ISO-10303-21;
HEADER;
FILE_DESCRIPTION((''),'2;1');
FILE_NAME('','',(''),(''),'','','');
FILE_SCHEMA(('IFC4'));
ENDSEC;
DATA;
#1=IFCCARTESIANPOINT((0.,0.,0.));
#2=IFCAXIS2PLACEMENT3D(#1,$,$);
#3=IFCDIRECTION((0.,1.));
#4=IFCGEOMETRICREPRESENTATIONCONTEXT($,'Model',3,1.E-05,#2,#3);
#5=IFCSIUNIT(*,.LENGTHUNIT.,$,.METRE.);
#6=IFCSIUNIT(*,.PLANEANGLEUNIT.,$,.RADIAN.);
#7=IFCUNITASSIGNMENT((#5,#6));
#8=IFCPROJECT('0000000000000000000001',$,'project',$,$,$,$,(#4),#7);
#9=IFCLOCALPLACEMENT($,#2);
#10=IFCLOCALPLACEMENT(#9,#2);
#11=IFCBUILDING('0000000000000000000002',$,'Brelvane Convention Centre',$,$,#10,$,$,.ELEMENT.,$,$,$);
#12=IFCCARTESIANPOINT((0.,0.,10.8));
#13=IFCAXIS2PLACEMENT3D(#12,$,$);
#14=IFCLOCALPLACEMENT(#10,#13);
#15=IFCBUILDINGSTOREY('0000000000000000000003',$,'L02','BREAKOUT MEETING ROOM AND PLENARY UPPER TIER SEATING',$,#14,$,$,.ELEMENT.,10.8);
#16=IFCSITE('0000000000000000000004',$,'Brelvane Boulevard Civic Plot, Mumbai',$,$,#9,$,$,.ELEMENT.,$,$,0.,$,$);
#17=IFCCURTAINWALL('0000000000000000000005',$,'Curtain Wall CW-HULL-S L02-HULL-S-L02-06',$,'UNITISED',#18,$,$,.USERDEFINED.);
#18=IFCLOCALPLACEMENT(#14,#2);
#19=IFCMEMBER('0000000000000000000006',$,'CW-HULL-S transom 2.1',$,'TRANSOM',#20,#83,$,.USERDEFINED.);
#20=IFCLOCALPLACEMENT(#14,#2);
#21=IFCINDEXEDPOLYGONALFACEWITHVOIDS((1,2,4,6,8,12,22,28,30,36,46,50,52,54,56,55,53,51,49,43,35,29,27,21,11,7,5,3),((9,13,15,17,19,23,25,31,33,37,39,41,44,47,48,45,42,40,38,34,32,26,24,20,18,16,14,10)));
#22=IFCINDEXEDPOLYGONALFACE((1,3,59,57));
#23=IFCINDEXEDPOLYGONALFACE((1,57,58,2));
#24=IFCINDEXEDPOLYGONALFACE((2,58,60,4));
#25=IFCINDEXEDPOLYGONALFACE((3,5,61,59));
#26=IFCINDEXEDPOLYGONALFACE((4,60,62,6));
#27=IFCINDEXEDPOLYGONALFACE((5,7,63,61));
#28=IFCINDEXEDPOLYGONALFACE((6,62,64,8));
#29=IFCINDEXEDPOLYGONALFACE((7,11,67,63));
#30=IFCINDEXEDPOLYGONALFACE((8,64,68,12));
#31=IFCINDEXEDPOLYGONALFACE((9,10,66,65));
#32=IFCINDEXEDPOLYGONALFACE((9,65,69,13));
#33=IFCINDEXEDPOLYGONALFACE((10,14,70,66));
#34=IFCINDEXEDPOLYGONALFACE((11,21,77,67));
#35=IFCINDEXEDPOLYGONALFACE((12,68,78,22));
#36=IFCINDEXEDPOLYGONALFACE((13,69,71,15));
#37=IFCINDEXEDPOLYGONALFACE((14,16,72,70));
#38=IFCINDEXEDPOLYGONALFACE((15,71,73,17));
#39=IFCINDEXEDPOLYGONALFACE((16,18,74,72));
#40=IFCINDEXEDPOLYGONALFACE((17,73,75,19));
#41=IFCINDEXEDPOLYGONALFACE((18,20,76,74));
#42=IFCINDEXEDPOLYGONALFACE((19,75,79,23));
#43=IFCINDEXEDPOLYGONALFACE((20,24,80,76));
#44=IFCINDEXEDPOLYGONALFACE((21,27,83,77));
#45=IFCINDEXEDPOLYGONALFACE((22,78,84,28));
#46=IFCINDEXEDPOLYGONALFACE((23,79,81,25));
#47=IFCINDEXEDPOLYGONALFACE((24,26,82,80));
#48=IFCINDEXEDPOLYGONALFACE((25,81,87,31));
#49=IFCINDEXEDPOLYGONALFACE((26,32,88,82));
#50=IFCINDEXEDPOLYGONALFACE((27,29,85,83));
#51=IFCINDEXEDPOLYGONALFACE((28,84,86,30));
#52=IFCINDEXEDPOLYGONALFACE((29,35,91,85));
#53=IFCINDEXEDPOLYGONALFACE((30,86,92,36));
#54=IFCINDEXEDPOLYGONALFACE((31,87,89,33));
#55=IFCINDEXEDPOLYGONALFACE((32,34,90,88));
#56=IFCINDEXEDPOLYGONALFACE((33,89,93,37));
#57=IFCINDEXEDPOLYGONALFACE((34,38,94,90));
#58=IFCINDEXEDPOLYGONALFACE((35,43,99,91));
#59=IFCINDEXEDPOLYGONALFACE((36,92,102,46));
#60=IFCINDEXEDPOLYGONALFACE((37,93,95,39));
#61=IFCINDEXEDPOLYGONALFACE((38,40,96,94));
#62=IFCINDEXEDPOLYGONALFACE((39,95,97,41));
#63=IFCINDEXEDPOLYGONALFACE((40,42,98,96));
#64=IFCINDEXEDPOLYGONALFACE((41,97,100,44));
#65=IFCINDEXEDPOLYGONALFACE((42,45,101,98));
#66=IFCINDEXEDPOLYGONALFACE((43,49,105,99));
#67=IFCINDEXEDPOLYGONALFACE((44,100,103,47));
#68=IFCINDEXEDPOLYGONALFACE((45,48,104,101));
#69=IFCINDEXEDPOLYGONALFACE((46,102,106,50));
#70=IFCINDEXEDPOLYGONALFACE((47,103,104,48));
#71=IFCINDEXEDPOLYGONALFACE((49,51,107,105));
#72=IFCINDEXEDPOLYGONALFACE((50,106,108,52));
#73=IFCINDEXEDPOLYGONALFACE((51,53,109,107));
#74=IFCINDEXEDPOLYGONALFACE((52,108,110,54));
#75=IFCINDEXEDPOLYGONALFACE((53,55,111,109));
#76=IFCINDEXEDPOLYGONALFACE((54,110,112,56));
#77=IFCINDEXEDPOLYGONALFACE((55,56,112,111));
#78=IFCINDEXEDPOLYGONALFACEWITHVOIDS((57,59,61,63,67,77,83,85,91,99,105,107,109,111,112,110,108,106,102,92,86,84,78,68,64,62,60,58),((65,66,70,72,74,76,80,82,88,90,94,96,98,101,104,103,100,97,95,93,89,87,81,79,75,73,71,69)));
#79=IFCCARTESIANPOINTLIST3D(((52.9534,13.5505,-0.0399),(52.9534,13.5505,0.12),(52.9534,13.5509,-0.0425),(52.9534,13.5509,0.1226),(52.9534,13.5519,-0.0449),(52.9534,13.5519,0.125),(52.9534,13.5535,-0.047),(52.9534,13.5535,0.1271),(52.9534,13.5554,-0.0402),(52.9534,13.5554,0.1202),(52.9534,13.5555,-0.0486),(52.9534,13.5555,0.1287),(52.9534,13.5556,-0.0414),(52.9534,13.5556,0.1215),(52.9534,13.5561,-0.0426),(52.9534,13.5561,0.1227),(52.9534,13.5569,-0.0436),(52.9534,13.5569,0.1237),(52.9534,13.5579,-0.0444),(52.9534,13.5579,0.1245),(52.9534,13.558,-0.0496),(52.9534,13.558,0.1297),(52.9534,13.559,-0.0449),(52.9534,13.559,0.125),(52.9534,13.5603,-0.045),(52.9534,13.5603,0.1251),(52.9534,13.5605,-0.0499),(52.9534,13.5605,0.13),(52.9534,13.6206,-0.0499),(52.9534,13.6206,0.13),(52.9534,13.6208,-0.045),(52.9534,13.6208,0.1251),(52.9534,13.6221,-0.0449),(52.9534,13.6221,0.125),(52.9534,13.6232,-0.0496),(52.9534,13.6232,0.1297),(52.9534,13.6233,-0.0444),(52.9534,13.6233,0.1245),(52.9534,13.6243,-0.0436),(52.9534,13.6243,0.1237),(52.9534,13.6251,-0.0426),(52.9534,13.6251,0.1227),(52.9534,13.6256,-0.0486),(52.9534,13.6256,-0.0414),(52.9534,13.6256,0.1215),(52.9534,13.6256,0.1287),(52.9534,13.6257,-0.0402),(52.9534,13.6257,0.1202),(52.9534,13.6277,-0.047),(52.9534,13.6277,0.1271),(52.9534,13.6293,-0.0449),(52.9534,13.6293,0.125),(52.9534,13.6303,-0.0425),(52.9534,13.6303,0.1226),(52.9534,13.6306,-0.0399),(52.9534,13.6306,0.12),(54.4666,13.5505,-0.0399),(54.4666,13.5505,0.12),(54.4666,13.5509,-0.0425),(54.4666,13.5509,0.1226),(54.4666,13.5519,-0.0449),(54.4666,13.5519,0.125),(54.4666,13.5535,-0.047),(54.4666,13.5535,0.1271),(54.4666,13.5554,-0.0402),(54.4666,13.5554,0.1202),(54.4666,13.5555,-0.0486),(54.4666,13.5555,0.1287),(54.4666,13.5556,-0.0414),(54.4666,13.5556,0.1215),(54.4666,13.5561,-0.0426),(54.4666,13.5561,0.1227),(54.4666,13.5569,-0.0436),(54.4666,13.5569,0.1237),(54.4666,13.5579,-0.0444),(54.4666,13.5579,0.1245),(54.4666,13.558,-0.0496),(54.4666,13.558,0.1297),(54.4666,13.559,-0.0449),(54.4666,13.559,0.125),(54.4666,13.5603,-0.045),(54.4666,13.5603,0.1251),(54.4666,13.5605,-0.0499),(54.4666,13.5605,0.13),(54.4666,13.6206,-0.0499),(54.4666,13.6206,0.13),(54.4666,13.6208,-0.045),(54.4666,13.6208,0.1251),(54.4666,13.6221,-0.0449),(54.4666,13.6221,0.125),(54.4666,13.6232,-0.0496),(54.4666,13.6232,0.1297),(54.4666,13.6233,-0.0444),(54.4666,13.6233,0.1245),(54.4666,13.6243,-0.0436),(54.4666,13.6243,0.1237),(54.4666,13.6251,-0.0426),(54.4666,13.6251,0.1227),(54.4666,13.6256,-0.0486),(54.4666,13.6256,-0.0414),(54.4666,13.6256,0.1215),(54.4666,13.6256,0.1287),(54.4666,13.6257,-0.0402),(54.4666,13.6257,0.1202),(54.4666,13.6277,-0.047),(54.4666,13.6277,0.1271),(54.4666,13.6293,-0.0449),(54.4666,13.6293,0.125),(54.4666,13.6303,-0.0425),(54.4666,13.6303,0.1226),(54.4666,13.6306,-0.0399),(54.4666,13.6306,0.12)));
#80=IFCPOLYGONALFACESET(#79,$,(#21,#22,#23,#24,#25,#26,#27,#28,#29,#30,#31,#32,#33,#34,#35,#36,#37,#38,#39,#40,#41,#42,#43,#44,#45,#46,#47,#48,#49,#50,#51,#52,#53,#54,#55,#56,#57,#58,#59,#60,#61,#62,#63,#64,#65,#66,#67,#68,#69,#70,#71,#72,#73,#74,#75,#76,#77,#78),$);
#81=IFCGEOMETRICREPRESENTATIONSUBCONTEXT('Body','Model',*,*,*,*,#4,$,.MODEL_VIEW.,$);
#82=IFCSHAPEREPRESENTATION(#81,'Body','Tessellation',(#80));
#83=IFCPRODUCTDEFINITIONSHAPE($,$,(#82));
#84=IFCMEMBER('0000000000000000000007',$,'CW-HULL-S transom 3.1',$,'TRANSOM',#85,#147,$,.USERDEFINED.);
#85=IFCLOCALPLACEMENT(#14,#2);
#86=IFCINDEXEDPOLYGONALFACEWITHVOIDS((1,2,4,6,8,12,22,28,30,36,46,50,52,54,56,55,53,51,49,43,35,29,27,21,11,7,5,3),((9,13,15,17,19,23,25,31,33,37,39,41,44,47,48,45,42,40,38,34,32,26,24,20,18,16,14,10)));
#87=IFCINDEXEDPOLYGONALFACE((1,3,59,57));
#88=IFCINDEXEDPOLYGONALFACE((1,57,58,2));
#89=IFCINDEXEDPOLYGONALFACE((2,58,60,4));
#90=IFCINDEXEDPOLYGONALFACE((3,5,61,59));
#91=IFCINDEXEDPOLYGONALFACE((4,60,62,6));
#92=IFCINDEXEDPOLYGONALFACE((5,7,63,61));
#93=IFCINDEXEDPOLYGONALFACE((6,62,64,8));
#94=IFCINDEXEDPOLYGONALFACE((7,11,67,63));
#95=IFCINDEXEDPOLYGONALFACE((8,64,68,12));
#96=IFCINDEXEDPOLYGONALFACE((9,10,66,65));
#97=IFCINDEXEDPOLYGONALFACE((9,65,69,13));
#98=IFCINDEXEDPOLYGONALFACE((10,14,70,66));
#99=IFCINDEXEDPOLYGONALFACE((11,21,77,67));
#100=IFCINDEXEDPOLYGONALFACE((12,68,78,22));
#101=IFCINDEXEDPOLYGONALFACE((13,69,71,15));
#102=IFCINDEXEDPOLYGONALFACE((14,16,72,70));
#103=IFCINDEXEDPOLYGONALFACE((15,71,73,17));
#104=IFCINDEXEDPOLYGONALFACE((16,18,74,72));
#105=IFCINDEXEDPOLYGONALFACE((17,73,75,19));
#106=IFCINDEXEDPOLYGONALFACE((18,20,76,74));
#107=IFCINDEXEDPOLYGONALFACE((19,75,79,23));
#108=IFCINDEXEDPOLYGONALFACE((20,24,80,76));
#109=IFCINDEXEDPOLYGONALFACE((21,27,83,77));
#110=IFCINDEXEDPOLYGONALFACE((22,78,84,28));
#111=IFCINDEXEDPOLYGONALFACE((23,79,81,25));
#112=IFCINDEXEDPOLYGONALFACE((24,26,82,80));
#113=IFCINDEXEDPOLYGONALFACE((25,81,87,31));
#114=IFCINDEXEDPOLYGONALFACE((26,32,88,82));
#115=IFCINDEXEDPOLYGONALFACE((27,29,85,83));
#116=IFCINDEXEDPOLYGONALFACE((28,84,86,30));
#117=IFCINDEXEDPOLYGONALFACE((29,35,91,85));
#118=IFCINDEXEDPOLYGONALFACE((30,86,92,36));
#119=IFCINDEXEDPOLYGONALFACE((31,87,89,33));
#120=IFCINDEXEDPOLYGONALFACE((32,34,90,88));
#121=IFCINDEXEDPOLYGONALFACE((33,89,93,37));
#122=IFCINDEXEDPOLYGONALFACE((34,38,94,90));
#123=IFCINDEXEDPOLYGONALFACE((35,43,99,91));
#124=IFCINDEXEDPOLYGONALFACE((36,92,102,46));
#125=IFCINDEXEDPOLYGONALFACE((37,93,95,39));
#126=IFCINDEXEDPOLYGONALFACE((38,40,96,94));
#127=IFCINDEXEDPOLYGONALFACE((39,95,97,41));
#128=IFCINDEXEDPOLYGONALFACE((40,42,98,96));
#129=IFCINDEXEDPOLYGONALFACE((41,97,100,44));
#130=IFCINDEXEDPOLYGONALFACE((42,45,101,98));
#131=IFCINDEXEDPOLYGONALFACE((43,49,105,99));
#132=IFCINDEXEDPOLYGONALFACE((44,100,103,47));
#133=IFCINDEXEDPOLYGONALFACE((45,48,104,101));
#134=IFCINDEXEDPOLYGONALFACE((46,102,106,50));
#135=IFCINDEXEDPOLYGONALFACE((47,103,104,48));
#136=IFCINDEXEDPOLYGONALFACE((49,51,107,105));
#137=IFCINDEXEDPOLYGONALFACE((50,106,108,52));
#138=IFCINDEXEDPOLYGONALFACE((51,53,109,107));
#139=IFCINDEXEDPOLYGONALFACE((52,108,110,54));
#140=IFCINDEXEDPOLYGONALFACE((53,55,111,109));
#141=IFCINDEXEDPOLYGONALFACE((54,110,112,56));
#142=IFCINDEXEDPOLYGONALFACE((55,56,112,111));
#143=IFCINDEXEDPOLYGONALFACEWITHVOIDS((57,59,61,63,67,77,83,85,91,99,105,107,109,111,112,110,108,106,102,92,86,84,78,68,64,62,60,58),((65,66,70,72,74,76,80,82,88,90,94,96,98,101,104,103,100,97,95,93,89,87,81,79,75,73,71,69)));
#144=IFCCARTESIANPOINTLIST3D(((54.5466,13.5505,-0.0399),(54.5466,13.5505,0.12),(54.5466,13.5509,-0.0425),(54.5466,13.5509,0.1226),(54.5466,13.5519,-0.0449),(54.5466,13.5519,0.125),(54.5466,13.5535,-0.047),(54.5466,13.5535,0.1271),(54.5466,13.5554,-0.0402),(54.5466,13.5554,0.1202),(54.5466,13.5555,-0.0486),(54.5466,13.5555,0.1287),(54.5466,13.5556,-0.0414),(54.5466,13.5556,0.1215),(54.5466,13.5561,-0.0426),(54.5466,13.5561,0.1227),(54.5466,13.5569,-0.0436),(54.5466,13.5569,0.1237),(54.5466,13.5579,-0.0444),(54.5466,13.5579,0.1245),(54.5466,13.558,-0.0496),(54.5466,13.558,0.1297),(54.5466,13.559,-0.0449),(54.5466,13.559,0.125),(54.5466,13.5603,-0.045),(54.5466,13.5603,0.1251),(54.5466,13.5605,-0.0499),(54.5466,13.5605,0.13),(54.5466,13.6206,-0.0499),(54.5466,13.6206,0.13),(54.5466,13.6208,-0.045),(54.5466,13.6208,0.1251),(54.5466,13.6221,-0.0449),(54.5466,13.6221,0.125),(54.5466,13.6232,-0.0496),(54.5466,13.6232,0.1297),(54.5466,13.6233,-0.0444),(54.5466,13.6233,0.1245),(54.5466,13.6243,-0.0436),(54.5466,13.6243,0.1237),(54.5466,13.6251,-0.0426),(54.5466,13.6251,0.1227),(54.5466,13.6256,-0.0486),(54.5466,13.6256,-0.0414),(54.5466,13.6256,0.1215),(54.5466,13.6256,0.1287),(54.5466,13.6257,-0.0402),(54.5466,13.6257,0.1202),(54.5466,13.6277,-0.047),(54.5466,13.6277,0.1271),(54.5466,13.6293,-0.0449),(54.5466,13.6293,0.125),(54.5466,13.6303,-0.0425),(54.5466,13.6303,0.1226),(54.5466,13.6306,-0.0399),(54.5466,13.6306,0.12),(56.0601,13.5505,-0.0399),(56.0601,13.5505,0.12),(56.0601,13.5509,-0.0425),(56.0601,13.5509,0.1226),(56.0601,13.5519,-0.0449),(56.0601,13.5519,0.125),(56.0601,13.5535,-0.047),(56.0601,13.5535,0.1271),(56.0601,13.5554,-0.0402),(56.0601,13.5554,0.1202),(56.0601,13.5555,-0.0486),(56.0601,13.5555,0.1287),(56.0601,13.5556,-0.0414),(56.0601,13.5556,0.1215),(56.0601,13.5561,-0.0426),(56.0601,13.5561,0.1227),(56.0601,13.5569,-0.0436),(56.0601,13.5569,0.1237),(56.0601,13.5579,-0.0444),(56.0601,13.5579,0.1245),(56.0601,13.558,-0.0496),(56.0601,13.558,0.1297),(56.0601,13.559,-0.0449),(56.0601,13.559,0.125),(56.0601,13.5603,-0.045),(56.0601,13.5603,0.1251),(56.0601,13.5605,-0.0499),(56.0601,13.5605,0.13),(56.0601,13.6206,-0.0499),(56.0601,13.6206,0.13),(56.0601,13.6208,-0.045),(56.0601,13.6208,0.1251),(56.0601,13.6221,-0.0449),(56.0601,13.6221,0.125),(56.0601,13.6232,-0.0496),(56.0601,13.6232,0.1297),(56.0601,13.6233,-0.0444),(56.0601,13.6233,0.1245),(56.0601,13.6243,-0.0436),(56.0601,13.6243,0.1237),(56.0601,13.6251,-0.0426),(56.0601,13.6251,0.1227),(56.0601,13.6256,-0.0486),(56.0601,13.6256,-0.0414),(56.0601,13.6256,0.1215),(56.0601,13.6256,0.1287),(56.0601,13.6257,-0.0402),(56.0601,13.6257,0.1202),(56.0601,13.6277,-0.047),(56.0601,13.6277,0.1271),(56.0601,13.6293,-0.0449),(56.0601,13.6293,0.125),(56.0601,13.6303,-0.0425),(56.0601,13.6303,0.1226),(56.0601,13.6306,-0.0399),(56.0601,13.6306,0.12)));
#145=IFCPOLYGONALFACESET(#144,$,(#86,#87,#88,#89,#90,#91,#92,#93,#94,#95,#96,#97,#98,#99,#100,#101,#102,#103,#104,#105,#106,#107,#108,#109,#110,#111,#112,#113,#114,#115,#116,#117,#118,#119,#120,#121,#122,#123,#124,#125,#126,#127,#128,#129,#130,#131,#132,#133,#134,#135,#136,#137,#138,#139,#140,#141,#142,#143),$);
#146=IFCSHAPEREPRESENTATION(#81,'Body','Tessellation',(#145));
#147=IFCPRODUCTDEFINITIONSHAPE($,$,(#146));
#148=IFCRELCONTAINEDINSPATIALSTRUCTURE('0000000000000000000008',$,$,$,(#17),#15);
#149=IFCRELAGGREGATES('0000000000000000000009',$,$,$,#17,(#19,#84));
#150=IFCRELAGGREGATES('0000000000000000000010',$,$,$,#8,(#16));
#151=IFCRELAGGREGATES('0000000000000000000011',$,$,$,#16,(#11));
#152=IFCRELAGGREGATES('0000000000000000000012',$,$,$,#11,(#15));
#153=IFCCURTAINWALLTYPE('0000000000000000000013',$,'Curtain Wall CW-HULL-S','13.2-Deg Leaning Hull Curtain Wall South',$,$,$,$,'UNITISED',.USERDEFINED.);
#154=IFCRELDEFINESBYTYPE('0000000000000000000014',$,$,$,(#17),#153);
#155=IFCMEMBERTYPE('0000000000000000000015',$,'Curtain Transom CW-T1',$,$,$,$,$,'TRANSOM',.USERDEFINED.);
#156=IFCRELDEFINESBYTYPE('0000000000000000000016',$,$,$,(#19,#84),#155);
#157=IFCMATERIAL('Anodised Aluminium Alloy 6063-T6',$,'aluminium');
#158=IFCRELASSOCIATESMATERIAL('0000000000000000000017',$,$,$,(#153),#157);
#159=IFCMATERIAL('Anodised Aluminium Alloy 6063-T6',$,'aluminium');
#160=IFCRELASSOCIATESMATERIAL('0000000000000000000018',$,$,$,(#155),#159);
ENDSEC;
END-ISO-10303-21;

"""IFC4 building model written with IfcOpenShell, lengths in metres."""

from ifc_helpers import new_model, si_unit, direction, frame, origin, origin_2d, place, context, subcontext, project, spatial, hollow_rectangle, extrude, material, material_profile, profile_set, type_object, element, aggregate, save


model = new_model("IFC4")

# Units and contexts
model_context = context("Model", 3, precision=1e-05, world=origin(), true_north=direction((0.0, 1.0)))
body_context = subcontext(model_context, "Body", "Model", "MODEL_VIEW")
ifc_project = project(units=[si_unit("LENGTHUNIT", "METRE"), si_unit("PLANEANGLEUNIT", "RADIAN")], contexts=[model_context])

# Site, building, storey
site_placement = place(None, origin())
site = spatial("IfcSite", under=ifc_project, at=site_placement, Name="Brelvane Boulevard Civic Plot, Mumbai", CompositionType="ELEMENT", RefElevation=0.0)
building_placement = place(site_placement, origin())
building = spatial("IfcBuilding", under=site, at=building_placement, Name="Brelvane Convention Centre", CompositionType="ELEMENT")
storey_placement = place(building_placement, frame((0.0, 0.0, 10.8)))
storey = spatial("IfcBuildingStorey", under=building, at=storey_placement, Name="L02", Description="BREAKOUT MEETING ROOM AND PLENARY UPPER TIER SEATING", CompositionType="ELEMENT", Elevation=10.8)

# Curtain wall, members
ifc_material_1 = material(Name="Anodised Aluminium Alloy 6063-T6", Category="aluminium")
curtain_wall_type = type_object("IfcCurtainWallType", Name="Curtain Wall CW-HULL-S", Description="13.2-Deg Leaning Hull Curtain Wall South", ElementType="UNITISED", PredefinedType="USERDEFINED", material=ifc_material_1)
curtain_wall_placement = place(storey_placement, origin())
curtain_wall = element("IfcCurtainWall", 1, at=curtain_wall_placement, inside=storey, type_object=curtain_wall_type, Name="Curtain Wall CW-HULL-S L02-HULL-S-L02-06", ObjectType="UNITISED", PredefinedType="USERDEFINED")
ifc_material_2 = material(Name="Anodised Aluminium Alloy 6063-T6", Category="aluminium")
ifc_material_profile_1 = material_profile(ifc_material_2, hollow_rectangle(XDim=0.0801, YDim=0.1799, WallThickness=0.0049, InnerFilletRadius=0.0049, OuterFilletRadius=0.01, at=origin_2d()), Name="ALU-T 180x80x5.0")
ifc_profile_set_1 = profile_set([ifc_material_profile_1], Name="Anodised Aluminium Alloy 6063-T6")
member_type_1 = type_object("IfcMemberType", Name="Curtain Transom CW-T1", ElementType="TRANSOM", PredefinedType="USERDEFINED", material=ifc_profile_set_1)
member_1_placement = place(storey_placement, frame((52.9534, 13.5906, 0.04), z_axis=(1.0, 0.0, 0.0), x_axis=(0.0, 1.0, 0.0)))
member_1 = element("IfcMember", 2, at=member_1_placement, type_object=member_type_1, Name="CW-HULL-S transom 2.1", ObjectType="TRANSOM", PredefinedType="USERDEFINED", context=body_context, shape_type="SweptSolid", body=[
    extrude(hollow_rectangle(XDim=0.0801, YDim=0.1799, WallThickness=0.0049, InnerFilletRadius=0.0049, OuterFilletRadius=0.01, at=origin_2d()), origin(), (0.0, 0.0, 1.0), 1.5132),
])
member_2_placement = place(storey_placement, frame((54.5466, 13.5906, 0.04), z_axis=(1.0, 0.0, 0.0), x_axis=(0.0, 1.0, 0.0)))
member_2 = element("IfcMember", 3, at=member_2_placement, type_object=member_type_1, Name="CW-HULL-S transom 3.1", ObjectType="TRANSOM", PredefinedType="USERDEFINED", context=body_context, shape_type="SweptSolid", body=[
    extrude(hollow_rectangle(XDim=0.0801, YDim=0.1799, WallThickness=0.0049, InnerFilletRadius=0.0049, OuterFilletRadius=0.01, at=origin_2d()), origin(), (0.0, 0.0, 1.0), 1.5134),
])

aggregate(curtain_wall, [member_1, member_2])

save(model, "model.ifc")
